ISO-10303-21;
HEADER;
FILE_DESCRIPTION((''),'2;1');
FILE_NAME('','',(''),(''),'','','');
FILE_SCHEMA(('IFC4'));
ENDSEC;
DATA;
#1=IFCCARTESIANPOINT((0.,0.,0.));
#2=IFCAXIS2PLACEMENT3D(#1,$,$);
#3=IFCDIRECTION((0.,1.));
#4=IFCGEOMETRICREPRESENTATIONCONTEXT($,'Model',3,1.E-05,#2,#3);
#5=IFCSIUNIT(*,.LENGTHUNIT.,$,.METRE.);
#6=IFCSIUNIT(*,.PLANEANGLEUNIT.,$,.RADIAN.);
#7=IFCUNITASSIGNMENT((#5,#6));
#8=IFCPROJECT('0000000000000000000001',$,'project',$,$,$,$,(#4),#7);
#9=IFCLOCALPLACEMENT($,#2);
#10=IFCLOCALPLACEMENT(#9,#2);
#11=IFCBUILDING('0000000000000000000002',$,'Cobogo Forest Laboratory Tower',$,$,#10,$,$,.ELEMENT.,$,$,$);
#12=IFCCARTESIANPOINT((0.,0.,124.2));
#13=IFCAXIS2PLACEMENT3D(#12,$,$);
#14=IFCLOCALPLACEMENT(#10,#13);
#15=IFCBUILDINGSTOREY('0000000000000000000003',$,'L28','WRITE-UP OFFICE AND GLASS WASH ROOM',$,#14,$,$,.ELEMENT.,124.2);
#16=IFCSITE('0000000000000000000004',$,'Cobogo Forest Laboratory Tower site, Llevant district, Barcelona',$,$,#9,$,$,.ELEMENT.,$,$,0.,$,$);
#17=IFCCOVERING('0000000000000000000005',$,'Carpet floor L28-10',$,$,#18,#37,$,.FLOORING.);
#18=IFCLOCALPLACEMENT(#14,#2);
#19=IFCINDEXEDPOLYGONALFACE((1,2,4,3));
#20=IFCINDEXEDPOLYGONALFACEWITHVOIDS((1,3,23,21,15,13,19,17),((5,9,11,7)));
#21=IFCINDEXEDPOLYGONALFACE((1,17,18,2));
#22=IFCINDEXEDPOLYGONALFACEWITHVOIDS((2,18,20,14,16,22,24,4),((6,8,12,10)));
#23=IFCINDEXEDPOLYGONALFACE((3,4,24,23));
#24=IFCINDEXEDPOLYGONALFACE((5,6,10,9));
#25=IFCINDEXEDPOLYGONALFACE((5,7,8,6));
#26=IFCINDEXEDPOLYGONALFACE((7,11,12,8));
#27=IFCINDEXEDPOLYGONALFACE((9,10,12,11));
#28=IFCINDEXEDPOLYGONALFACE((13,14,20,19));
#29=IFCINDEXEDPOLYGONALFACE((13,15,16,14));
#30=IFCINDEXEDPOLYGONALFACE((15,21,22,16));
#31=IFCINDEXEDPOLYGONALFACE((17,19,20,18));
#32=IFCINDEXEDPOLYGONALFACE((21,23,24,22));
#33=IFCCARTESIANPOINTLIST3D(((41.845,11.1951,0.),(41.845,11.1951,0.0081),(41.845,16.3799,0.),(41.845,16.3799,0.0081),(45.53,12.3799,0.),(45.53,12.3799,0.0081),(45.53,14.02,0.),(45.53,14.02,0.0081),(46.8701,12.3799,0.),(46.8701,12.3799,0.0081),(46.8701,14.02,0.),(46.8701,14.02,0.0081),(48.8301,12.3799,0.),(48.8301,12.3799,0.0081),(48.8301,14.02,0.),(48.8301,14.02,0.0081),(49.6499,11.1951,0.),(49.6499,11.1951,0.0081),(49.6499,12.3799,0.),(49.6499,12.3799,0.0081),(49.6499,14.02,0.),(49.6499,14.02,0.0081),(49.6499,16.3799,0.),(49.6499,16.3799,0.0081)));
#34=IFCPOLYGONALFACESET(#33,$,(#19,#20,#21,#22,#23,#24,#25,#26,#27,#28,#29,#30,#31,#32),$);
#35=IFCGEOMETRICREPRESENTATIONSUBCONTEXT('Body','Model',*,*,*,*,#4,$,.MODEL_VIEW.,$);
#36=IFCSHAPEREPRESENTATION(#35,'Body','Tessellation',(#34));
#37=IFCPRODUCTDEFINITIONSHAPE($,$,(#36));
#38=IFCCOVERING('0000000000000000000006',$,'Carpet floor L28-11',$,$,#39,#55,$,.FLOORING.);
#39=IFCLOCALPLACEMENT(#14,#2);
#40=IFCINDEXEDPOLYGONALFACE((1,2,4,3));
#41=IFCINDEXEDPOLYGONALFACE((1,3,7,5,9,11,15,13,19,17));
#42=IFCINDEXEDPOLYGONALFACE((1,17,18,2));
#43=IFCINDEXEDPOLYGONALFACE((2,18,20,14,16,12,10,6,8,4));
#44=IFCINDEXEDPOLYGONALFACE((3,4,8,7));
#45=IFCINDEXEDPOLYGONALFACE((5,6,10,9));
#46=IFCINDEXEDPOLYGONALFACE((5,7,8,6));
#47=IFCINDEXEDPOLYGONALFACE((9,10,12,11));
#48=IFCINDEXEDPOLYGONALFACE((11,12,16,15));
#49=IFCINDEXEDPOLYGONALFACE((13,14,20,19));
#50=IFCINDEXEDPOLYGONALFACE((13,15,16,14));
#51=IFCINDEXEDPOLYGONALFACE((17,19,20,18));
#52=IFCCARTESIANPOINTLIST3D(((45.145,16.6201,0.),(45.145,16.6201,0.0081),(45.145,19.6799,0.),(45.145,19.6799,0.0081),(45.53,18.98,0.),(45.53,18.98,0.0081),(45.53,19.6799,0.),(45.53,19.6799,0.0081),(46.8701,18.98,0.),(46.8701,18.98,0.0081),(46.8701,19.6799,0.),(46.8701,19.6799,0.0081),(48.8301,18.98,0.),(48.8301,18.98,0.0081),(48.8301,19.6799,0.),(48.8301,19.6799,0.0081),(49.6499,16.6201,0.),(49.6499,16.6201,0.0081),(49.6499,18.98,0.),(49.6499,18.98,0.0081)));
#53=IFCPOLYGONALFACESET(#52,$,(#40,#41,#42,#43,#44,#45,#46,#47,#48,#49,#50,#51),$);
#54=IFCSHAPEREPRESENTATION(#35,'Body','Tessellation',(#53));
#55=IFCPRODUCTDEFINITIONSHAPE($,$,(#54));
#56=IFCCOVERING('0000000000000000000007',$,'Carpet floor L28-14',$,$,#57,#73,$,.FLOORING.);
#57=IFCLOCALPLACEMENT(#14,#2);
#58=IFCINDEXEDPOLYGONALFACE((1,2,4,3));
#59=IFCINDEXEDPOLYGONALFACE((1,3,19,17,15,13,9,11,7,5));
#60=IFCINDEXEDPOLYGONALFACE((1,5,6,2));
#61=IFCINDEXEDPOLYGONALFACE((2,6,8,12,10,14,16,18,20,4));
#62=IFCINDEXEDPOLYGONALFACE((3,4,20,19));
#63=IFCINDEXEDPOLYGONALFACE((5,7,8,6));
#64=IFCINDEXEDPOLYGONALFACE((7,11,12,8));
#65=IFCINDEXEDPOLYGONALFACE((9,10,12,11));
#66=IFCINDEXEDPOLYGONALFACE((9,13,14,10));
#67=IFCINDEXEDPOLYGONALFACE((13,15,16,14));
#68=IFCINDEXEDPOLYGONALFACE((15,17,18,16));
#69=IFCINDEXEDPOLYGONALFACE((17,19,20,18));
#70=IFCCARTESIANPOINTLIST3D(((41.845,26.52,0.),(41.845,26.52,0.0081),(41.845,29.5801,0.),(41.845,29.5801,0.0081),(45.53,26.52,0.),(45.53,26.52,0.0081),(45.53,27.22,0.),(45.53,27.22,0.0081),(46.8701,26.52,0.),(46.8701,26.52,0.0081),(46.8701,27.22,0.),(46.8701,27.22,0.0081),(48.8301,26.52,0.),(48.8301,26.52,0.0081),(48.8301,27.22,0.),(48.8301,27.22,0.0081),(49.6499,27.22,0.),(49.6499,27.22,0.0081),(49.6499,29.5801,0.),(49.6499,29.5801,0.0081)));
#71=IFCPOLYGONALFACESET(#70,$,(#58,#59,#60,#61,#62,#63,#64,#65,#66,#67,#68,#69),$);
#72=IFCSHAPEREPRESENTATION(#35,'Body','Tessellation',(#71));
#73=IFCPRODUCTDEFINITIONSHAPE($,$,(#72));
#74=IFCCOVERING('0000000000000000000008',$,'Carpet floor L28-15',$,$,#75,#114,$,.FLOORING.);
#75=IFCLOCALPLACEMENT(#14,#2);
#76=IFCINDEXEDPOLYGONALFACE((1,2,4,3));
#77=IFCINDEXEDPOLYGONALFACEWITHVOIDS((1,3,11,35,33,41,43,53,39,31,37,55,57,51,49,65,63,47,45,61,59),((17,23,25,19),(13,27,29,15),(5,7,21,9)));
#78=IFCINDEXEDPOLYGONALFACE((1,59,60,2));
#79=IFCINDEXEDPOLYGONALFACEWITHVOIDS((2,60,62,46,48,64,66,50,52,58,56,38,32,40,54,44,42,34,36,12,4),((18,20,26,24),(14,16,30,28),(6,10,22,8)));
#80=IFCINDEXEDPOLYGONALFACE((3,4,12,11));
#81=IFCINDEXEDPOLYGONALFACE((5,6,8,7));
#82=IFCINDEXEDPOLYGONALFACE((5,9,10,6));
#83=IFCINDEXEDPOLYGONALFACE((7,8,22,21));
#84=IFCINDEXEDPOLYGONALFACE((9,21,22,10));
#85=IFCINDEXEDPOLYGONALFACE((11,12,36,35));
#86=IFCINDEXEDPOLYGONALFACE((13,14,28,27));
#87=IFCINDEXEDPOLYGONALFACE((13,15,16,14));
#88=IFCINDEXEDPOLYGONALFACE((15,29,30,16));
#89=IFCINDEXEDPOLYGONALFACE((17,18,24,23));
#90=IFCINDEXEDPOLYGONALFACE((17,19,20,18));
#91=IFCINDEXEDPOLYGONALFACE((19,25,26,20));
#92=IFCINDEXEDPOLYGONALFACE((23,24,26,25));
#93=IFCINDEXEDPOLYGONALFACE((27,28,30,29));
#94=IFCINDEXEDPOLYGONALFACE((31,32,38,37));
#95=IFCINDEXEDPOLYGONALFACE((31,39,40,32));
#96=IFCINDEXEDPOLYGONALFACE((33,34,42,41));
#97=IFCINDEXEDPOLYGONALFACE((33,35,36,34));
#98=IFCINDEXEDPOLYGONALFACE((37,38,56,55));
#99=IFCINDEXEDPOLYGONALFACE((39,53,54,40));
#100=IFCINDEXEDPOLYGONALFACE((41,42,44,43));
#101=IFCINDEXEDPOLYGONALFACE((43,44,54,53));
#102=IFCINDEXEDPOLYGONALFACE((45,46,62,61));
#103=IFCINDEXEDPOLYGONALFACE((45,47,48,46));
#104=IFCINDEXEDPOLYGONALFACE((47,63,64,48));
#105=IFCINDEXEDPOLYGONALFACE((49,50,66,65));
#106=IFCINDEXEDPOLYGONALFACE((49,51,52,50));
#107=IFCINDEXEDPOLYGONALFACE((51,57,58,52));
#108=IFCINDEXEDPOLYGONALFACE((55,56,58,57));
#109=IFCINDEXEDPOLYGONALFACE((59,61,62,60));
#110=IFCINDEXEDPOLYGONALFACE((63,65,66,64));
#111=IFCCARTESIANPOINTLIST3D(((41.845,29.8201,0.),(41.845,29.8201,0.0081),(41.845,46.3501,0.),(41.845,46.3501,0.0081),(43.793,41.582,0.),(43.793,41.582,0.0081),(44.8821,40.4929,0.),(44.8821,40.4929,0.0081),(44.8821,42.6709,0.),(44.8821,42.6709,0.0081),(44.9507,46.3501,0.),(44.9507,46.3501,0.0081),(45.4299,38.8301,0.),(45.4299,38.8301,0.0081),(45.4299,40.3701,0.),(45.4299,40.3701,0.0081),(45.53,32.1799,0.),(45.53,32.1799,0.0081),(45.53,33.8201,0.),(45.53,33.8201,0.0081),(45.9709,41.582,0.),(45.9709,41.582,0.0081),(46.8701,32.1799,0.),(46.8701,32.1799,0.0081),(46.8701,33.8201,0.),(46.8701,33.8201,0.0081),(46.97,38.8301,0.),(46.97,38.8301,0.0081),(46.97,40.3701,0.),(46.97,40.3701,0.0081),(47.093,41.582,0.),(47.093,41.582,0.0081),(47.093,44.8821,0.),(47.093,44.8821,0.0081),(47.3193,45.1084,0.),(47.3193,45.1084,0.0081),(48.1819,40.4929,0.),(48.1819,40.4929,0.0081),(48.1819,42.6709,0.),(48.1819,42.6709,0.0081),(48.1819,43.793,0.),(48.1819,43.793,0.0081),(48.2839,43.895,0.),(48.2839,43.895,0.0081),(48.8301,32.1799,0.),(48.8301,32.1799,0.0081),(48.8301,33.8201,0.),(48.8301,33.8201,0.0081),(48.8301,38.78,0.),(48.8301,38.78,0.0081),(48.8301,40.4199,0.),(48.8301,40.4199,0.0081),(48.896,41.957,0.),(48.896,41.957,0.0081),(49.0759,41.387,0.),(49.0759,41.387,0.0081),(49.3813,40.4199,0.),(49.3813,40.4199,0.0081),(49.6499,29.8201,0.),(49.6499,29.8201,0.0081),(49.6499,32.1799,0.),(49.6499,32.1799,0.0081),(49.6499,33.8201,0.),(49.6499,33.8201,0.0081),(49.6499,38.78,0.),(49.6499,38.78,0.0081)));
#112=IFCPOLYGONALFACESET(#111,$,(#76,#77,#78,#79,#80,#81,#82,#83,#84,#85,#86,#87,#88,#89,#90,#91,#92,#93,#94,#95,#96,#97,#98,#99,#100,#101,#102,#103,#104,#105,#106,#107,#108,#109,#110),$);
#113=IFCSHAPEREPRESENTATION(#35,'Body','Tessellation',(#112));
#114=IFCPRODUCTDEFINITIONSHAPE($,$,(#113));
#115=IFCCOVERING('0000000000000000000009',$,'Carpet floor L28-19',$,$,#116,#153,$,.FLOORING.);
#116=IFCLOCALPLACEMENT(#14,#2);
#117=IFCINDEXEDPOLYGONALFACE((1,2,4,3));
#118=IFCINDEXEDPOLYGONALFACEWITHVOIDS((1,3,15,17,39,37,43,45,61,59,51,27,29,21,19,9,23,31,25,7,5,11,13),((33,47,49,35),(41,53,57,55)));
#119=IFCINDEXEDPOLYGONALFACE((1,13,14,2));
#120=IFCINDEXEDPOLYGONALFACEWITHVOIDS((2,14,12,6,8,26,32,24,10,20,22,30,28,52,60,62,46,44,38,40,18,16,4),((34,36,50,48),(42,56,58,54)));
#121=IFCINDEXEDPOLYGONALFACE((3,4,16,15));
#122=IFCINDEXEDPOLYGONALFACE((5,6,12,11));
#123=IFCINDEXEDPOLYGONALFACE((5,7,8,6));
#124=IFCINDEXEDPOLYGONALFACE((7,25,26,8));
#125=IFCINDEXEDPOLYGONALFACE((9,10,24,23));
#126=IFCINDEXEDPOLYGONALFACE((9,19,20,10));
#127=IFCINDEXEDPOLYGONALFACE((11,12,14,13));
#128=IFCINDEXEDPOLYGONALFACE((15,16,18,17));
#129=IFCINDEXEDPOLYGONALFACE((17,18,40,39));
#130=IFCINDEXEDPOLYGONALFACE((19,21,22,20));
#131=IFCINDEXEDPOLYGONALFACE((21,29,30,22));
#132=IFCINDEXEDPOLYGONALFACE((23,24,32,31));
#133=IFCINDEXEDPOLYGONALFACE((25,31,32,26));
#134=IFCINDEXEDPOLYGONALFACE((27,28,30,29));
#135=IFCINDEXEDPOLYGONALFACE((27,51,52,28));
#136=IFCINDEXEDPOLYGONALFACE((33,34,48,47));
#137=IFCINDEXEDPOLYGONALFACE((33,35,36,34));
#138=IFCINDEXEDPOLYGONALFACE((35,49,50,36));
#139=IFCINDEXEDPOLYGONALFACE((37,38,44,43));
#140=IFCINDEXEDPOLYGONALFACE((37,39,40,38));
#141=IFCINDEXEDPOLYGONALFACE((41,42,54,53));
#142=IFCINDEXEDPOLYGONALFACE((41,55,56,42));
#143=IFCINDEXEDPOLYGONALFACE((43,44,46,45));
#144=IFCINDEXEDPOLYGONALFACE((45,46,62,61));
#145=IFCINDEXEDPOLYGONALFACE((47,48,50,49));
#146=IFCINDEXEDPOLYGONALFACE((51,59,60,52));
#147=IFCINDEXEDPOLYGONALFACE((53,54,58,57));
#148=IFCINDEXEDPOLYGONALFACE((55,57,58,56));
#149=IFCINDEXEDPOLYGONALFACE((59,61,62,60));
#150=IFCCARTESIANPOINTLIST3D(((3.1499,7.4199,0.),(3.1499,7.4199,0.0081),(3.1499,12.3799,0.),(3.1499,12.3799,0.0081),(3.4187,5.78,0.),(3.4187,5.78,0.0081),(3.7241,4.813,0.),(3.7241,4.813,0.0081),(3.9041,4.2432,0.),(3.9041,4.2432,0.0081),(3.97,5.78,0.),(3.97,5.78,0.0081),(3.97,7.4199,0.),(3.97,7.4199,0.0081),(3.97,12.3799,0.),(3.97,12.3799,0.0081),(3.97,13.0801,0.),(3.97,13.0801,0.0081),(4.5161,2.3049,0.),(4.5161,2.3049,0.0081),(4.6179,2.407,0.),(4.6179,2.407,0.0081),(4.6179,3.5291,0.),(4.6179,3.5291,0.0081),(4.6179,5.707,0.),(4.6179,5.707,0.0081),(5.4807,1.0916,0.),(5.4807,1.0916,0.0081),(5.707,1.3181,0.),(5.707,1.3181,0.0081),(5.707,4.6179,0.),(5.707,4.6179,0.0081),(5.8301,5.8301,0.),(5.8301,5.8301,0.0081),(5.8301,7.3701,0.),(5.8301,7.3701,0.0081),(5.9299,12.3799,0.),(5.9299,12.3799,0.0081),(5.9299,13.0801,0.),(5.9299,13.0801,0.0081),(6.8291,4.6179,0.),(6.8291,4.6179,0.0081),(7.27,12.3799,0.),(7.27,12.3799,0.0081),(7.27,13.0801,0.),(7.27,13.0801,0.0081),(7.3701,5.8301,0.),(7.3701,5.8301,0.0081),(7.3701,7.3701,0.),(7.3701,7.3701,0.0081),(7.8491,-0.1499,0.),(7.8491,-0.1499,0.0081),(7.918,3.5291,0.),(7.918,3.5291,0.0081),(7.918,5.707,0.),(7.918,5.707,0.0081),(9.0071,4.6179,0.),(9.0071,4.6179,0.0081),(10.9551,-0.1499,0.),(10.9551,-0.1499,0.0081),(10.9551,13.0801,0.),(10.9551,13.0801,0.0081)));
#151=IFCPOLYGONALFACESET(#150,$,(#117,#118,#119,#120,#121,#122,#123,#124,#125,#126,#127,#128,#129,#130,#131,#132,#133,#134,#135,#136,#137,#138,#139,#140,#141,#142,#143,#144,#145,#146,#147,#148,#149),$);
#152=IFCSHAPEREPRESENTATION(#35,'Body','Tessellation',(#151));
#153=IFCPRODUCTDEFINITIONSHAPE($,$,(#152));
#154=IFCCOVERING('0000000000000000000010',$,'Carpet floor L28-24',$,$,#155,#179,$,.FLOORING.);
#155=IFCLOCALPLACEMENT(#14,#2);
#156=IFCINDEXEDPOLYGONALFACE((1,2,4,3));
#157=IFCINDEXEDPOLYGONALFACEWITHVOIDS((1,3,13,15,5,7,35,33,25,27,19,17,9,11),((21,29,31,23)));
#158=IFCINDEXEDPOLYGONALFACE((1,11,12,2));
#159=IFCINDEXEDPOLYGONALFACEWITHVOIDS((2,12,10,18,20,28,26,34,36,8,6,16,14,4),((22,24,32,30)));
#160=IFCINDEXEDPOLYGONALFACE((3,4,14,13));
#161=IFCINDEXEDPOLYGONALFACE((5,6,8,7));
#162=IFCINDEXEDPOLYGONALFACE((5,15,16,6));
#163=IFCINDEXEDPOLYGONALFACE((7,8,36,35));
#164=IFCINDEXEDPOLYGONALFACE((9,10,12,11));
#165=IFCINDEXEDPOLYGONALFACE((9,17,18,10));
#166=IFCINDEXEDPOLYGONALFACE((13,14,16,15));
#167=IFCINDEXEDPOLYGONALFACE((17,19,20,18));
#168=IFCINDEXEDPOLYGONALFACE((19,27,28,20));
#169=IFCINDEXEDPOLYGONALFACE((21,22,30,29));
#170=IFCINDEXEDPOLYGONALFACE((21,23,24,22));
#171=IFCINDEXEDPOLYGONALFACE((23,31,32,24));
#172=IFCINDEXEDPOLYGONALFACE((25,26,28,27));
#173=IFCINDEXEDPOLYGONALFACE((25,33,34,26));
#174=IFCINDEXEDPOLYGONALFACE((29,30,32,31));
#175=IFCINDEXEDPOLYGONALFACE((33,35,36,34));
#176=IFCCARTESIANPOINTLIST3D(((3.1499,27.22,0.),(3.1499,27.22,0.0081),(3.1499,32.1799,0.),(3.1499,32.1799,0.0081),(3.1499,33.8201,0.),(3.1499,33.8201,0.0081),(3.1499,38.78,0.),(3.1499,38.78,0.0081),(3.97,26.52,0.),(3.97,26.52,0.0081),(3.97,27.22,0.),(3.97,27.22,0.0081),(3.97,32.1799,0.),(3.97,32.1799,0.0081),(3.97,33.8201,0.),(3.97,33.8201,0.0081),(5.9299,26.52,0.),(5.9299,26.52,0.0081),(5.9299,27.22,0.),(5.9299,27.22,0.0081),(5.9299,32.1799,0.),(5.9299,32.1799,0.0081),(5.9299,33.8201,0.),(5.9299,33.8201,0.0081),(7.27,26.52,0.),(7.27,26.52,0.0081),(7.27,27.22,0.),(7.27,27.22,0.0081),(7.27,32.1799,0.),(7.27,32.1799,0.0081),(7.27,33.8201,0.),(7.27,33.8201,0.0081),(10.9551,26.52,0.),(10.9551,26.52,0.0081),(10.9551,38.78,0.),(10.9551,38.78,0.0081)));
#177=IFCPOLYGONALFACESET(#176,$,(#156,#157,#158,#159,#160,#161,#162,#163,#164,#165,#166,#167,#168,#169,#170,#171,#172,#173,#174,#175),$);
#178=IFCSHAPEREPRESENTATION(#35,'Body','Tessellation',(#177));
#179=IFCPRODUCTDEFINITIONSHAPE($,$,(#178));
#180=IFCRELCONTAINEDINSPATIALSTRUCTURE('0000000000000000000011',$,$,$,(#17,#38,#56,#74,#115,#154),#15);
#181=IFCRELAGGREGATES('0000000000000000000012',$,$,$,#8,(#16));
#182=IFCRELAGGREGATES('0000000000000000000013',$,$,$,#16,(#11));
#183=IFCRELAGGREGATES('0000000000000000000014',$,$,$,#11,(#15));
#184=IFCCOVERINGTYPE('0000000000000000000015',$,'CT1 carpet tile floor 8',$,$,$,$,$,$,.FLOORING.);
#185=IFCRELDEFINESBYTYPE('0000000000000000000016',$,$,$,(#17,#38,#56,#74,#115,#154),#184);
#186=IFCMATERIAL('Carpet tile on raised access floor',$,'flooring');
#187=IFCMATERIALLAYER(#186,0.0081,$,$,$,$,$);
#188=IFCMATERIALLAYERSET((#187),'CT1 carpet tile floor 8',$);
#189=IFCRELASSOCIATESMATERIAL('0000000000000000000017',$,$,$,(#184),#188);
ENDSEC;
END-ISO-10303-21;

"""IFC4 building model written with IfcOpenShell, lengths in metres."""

from ifc_helpers import new_model, si_unit, direction, frame, origin, place, context, subcontext, project, spatial, polyline, outline, extrude, material, layer, layer_set, type_object, element, save


model = new_model("IFC4")

# Units and contexts
model_context = context("Model", 3, precision=1e-05, world=origin(), true_north=direction((0.0, 1.0)))
body_context = subcontext(model_context, "Body", "Model", "MODEL_VIEW")
ifc_project = project(units=[si_unit("LENGTHUNIT", "METRE"), si_unit("PLANEANGLEUNIT", "RADIAN")], contexts=[model_context])

# Site, building, storey
site_placement = place(None, origin())
site = spatial("IfcSite", under=ifc_project, at=site_placement, Name="Cobogo Forest Laboratory Tower site, Llevant district, Barcelona", CompositionType="ELEMENT", RefElevation=0.0)
building_placement = place(site_placement, origin())
building = spatial("IfcBuilding", under=site, at=building_placement, Name="Cobogo Forest Laboratory Tower", CompositionType="ELEMENT")
storey_placement = place(building_placement, frame((0.0, 0.0, 124.2)))
storey = spatial("IfcBuildingStorey", under=building, at=storey_placement, Name="L28", Description="WRITE-UP OFFICE AND GLASS WASH ROOM", CompositionType="ELEMENT", Elevation=124.2)

# Coverings
ifc_material_1 = material(Name="Carpet tile on raised access floor", Category="flooring")
ifc_layer_1 = layer(ifc_material_1, 0.0081)
ifc_layer_set_1 = layer_set([ifc_layer_1], Name="CT1 carpet tile floor 8")
covering_type_1 = type_object("IfcCoveringType", Name="CT1 carpet tile floor 8", PredefinedType="FLOORING", material=ifc_layer_set_1)
covering_1_placement = place(storey_placement, origin())
element("IfcCovering", 1, at=covering_1_placement, inside=storey, type_object=covering_type_1, Name="Carpet floor L28-10", PredefinedType="FLOORING", context=body_context, shape_type="SweptSolid", body=[
    extrude(outline(polyline([(41.845, 16.3799), (49.6499, 16.3799), (49.6499, 14.02), (48.8301, 14.02), (48.8301, 12.3799), (49.6499, 12.3799), (49.6499, 11.1951), (41.845, 11.1951), (41.845, 16.3799)]), holes=[polyline([(45.53, 12.3799), (46.8701, 12.3799), (46.8701, 14.02), (45.53, 14.02), (45.53, 12.3799)])]), origin(), (0.0, 0.0, 1.0), 0.0081),
])
covering_2_placement = place(storey_placement, origin())
element("IfcCovering", 2, at=covering_2_placement, inside=storey, type_object=covering_type_1, Name="Carpet floor L28-11", PredefinedType="FLOORING", context=body_context, shape_type="SweptSolid", body=[
    extrude(outline(polyline([(45.145, 19.6799), (45.53, 19.6799), (45.53, 18.98), (46.8701, 18.98), (46.8701, 19.6799), (48.8301, 19.6799), (48.8301, 18.98), (49.6499, 18.98), (49.6499, 16.6201), (45.145, 16.6201), (45.145, 19.6799)])), origin(), (0.0, 0.0, 1.0), 0.0081),
])
covering_3_placement = place(storey_placement, origin())
element("IfcCovering", 3, at=covering_3_placement, inside=storey, type_object=covering_type_1, Name="Carpet floor L28-14", PredefinedType="FLOORING", context=body_context, shape_type="SweptSolid", body=[
    extrude(outline(polyline([(41.845, 29.5801), (49.6499, 29.5801), (49.6499, 27.22), (48.8301, 27.22), (48.8301, 26.52), (46.8701, 26.52), (46.8701, 27.22), (45.53, 27.22), (45.53, 26.52), (41.845, 26.52), (41.845, 29.5801)])), origin(), (0.0, 0.0, 1.0), 0.0081),
])
covering_4_placement = place(storey_placement, origin())
element("IfcCovering", 4, at=covering_4_placement, inside=storey, type_object=covering_type_1, Name="Carpet floor L28-15", PredefinedType="FLOORING", context=body_context, shape_type="SweptSolid", body=[
    extrude(outline(polyline([(41.845, 46.3501), (44.9507, 46.3501), (47.3193, 45.1084), (47.093, 44.8821), (48.1819, 43.793), (48.2839, 43.895), (48.896, 41.957), (48.1819, 42.6709), (47.093, 41.582), (48.1819, 40.4929), (49.0759, 41.387), (49.3813, 40.4199), (48.8301, 40.4199), (48.8301, 38.78), (49.6499, 38.78), (49.6499, 33.8201), (48.8301, 33.8201), (48.8301, 32.1799), (49.6499, 32.1799), (49.6499, 29.8201), (41.845, 29.8201), (41.845, 46.3501)]), holes=[polyline([(45.4299, 40.3701), (45.4299, 38.8301), (46.97, 38.8301), (46.97, 40.3701), (45.4299, 40.3701)]), polyline([(46.8701, 32.1799), (46.8701, 33.8201), (45.53, 33.8201), (45.53, 32.1799), (46.8701, 32.1799)]), polyline([(43.793, 41.582), (44.8821, 40.4929), (45.9709, 41.582), (44.8821, 42.6709), (43.793, 41.582)])]), origin(), (0.0, 0.0, 1.0), 0.0081),
])
covering_5_placement = place(storey_placement, origin())
element("IfcCovering", 5, at=covering_5_placement, inside=storey, type_object=covering_type_1, Name="Carpet floor L28-19", PredefinedType="FLOORING", context=body_context, shape_type="SweptSolid", body=[
    extrude(outline(polyline([(3.9041, 4.2432), (4.6179, 3.5291), (5.707, 4.6179), (4.6179, 5.707), (3.7241, 4.813), (3.4187, 5.78), (3.97, 5.78), (3.97, 7.4199), (3.1499, 7.4199), (3.1499, 12.3799), (3.97, 12.3799), (3.97, 13.0801), (5.9299, 13.0801), (5.9299, 12.3799), (7.27, 12.3799), (7.27, 13.0801), (10.9551, 13.0801), (10.9551, -0.1499), (7.8491, -0.1499), (5.4807, 1.0916), (5.707, 1.3181), (4.6179, 2.407), (4.5161, 2.3049), (3.9041, 4.2432)]), holes=[polyline([(6.8291, 4.6179), (7.918, 3.5291), (9.0071, 4.6179), (7.918, 5.707), (6.8291, 4.6179)]), polyline([(5.8301, 7.3701), (5.8301, 5.8301), (7.3701, 5.8301), (7.3701, 7.3701), (5.8301, 7.3701)])]), origin(), (0.0, 0.0, 1.0), 0.0081),
])
covering_6_placement = place(storey_placement, origin())
element("IfcCovering", 6, at=covering_6_placement, inside=storey, type_object=covering_type_1, Name="Carpet floor L28-24", PredefinedType="FLOORING", context=body_context, shape_type="SweptSolid", body=[
    extrude(outline(polyline([(10.9551, 26.52), (7.27, 26.52), (7.27, 27.22), (5.9299, 27.22), (5.9299, 26.52), (3.97, 26.52), (3.97, 27.22), (3.1499, 27.22), (3.1499, 32.1799), (3.97, 32.1799), (3.97, 33.8201), (3.1499, 33.8201), (3.1499, 38.78), (10.9551, 38.78), (10.9551, 26.52)]), holes=[polyline([(5.9299, 32.1799), (7.27, 32.1799), (7.27, 33.8201), (5.9299, 33.8201), (5.9299, 32.1799)])]), origin(), (0.0, 0.0, 1.0), 0.0081),
])

save(model, "model.ifc")
